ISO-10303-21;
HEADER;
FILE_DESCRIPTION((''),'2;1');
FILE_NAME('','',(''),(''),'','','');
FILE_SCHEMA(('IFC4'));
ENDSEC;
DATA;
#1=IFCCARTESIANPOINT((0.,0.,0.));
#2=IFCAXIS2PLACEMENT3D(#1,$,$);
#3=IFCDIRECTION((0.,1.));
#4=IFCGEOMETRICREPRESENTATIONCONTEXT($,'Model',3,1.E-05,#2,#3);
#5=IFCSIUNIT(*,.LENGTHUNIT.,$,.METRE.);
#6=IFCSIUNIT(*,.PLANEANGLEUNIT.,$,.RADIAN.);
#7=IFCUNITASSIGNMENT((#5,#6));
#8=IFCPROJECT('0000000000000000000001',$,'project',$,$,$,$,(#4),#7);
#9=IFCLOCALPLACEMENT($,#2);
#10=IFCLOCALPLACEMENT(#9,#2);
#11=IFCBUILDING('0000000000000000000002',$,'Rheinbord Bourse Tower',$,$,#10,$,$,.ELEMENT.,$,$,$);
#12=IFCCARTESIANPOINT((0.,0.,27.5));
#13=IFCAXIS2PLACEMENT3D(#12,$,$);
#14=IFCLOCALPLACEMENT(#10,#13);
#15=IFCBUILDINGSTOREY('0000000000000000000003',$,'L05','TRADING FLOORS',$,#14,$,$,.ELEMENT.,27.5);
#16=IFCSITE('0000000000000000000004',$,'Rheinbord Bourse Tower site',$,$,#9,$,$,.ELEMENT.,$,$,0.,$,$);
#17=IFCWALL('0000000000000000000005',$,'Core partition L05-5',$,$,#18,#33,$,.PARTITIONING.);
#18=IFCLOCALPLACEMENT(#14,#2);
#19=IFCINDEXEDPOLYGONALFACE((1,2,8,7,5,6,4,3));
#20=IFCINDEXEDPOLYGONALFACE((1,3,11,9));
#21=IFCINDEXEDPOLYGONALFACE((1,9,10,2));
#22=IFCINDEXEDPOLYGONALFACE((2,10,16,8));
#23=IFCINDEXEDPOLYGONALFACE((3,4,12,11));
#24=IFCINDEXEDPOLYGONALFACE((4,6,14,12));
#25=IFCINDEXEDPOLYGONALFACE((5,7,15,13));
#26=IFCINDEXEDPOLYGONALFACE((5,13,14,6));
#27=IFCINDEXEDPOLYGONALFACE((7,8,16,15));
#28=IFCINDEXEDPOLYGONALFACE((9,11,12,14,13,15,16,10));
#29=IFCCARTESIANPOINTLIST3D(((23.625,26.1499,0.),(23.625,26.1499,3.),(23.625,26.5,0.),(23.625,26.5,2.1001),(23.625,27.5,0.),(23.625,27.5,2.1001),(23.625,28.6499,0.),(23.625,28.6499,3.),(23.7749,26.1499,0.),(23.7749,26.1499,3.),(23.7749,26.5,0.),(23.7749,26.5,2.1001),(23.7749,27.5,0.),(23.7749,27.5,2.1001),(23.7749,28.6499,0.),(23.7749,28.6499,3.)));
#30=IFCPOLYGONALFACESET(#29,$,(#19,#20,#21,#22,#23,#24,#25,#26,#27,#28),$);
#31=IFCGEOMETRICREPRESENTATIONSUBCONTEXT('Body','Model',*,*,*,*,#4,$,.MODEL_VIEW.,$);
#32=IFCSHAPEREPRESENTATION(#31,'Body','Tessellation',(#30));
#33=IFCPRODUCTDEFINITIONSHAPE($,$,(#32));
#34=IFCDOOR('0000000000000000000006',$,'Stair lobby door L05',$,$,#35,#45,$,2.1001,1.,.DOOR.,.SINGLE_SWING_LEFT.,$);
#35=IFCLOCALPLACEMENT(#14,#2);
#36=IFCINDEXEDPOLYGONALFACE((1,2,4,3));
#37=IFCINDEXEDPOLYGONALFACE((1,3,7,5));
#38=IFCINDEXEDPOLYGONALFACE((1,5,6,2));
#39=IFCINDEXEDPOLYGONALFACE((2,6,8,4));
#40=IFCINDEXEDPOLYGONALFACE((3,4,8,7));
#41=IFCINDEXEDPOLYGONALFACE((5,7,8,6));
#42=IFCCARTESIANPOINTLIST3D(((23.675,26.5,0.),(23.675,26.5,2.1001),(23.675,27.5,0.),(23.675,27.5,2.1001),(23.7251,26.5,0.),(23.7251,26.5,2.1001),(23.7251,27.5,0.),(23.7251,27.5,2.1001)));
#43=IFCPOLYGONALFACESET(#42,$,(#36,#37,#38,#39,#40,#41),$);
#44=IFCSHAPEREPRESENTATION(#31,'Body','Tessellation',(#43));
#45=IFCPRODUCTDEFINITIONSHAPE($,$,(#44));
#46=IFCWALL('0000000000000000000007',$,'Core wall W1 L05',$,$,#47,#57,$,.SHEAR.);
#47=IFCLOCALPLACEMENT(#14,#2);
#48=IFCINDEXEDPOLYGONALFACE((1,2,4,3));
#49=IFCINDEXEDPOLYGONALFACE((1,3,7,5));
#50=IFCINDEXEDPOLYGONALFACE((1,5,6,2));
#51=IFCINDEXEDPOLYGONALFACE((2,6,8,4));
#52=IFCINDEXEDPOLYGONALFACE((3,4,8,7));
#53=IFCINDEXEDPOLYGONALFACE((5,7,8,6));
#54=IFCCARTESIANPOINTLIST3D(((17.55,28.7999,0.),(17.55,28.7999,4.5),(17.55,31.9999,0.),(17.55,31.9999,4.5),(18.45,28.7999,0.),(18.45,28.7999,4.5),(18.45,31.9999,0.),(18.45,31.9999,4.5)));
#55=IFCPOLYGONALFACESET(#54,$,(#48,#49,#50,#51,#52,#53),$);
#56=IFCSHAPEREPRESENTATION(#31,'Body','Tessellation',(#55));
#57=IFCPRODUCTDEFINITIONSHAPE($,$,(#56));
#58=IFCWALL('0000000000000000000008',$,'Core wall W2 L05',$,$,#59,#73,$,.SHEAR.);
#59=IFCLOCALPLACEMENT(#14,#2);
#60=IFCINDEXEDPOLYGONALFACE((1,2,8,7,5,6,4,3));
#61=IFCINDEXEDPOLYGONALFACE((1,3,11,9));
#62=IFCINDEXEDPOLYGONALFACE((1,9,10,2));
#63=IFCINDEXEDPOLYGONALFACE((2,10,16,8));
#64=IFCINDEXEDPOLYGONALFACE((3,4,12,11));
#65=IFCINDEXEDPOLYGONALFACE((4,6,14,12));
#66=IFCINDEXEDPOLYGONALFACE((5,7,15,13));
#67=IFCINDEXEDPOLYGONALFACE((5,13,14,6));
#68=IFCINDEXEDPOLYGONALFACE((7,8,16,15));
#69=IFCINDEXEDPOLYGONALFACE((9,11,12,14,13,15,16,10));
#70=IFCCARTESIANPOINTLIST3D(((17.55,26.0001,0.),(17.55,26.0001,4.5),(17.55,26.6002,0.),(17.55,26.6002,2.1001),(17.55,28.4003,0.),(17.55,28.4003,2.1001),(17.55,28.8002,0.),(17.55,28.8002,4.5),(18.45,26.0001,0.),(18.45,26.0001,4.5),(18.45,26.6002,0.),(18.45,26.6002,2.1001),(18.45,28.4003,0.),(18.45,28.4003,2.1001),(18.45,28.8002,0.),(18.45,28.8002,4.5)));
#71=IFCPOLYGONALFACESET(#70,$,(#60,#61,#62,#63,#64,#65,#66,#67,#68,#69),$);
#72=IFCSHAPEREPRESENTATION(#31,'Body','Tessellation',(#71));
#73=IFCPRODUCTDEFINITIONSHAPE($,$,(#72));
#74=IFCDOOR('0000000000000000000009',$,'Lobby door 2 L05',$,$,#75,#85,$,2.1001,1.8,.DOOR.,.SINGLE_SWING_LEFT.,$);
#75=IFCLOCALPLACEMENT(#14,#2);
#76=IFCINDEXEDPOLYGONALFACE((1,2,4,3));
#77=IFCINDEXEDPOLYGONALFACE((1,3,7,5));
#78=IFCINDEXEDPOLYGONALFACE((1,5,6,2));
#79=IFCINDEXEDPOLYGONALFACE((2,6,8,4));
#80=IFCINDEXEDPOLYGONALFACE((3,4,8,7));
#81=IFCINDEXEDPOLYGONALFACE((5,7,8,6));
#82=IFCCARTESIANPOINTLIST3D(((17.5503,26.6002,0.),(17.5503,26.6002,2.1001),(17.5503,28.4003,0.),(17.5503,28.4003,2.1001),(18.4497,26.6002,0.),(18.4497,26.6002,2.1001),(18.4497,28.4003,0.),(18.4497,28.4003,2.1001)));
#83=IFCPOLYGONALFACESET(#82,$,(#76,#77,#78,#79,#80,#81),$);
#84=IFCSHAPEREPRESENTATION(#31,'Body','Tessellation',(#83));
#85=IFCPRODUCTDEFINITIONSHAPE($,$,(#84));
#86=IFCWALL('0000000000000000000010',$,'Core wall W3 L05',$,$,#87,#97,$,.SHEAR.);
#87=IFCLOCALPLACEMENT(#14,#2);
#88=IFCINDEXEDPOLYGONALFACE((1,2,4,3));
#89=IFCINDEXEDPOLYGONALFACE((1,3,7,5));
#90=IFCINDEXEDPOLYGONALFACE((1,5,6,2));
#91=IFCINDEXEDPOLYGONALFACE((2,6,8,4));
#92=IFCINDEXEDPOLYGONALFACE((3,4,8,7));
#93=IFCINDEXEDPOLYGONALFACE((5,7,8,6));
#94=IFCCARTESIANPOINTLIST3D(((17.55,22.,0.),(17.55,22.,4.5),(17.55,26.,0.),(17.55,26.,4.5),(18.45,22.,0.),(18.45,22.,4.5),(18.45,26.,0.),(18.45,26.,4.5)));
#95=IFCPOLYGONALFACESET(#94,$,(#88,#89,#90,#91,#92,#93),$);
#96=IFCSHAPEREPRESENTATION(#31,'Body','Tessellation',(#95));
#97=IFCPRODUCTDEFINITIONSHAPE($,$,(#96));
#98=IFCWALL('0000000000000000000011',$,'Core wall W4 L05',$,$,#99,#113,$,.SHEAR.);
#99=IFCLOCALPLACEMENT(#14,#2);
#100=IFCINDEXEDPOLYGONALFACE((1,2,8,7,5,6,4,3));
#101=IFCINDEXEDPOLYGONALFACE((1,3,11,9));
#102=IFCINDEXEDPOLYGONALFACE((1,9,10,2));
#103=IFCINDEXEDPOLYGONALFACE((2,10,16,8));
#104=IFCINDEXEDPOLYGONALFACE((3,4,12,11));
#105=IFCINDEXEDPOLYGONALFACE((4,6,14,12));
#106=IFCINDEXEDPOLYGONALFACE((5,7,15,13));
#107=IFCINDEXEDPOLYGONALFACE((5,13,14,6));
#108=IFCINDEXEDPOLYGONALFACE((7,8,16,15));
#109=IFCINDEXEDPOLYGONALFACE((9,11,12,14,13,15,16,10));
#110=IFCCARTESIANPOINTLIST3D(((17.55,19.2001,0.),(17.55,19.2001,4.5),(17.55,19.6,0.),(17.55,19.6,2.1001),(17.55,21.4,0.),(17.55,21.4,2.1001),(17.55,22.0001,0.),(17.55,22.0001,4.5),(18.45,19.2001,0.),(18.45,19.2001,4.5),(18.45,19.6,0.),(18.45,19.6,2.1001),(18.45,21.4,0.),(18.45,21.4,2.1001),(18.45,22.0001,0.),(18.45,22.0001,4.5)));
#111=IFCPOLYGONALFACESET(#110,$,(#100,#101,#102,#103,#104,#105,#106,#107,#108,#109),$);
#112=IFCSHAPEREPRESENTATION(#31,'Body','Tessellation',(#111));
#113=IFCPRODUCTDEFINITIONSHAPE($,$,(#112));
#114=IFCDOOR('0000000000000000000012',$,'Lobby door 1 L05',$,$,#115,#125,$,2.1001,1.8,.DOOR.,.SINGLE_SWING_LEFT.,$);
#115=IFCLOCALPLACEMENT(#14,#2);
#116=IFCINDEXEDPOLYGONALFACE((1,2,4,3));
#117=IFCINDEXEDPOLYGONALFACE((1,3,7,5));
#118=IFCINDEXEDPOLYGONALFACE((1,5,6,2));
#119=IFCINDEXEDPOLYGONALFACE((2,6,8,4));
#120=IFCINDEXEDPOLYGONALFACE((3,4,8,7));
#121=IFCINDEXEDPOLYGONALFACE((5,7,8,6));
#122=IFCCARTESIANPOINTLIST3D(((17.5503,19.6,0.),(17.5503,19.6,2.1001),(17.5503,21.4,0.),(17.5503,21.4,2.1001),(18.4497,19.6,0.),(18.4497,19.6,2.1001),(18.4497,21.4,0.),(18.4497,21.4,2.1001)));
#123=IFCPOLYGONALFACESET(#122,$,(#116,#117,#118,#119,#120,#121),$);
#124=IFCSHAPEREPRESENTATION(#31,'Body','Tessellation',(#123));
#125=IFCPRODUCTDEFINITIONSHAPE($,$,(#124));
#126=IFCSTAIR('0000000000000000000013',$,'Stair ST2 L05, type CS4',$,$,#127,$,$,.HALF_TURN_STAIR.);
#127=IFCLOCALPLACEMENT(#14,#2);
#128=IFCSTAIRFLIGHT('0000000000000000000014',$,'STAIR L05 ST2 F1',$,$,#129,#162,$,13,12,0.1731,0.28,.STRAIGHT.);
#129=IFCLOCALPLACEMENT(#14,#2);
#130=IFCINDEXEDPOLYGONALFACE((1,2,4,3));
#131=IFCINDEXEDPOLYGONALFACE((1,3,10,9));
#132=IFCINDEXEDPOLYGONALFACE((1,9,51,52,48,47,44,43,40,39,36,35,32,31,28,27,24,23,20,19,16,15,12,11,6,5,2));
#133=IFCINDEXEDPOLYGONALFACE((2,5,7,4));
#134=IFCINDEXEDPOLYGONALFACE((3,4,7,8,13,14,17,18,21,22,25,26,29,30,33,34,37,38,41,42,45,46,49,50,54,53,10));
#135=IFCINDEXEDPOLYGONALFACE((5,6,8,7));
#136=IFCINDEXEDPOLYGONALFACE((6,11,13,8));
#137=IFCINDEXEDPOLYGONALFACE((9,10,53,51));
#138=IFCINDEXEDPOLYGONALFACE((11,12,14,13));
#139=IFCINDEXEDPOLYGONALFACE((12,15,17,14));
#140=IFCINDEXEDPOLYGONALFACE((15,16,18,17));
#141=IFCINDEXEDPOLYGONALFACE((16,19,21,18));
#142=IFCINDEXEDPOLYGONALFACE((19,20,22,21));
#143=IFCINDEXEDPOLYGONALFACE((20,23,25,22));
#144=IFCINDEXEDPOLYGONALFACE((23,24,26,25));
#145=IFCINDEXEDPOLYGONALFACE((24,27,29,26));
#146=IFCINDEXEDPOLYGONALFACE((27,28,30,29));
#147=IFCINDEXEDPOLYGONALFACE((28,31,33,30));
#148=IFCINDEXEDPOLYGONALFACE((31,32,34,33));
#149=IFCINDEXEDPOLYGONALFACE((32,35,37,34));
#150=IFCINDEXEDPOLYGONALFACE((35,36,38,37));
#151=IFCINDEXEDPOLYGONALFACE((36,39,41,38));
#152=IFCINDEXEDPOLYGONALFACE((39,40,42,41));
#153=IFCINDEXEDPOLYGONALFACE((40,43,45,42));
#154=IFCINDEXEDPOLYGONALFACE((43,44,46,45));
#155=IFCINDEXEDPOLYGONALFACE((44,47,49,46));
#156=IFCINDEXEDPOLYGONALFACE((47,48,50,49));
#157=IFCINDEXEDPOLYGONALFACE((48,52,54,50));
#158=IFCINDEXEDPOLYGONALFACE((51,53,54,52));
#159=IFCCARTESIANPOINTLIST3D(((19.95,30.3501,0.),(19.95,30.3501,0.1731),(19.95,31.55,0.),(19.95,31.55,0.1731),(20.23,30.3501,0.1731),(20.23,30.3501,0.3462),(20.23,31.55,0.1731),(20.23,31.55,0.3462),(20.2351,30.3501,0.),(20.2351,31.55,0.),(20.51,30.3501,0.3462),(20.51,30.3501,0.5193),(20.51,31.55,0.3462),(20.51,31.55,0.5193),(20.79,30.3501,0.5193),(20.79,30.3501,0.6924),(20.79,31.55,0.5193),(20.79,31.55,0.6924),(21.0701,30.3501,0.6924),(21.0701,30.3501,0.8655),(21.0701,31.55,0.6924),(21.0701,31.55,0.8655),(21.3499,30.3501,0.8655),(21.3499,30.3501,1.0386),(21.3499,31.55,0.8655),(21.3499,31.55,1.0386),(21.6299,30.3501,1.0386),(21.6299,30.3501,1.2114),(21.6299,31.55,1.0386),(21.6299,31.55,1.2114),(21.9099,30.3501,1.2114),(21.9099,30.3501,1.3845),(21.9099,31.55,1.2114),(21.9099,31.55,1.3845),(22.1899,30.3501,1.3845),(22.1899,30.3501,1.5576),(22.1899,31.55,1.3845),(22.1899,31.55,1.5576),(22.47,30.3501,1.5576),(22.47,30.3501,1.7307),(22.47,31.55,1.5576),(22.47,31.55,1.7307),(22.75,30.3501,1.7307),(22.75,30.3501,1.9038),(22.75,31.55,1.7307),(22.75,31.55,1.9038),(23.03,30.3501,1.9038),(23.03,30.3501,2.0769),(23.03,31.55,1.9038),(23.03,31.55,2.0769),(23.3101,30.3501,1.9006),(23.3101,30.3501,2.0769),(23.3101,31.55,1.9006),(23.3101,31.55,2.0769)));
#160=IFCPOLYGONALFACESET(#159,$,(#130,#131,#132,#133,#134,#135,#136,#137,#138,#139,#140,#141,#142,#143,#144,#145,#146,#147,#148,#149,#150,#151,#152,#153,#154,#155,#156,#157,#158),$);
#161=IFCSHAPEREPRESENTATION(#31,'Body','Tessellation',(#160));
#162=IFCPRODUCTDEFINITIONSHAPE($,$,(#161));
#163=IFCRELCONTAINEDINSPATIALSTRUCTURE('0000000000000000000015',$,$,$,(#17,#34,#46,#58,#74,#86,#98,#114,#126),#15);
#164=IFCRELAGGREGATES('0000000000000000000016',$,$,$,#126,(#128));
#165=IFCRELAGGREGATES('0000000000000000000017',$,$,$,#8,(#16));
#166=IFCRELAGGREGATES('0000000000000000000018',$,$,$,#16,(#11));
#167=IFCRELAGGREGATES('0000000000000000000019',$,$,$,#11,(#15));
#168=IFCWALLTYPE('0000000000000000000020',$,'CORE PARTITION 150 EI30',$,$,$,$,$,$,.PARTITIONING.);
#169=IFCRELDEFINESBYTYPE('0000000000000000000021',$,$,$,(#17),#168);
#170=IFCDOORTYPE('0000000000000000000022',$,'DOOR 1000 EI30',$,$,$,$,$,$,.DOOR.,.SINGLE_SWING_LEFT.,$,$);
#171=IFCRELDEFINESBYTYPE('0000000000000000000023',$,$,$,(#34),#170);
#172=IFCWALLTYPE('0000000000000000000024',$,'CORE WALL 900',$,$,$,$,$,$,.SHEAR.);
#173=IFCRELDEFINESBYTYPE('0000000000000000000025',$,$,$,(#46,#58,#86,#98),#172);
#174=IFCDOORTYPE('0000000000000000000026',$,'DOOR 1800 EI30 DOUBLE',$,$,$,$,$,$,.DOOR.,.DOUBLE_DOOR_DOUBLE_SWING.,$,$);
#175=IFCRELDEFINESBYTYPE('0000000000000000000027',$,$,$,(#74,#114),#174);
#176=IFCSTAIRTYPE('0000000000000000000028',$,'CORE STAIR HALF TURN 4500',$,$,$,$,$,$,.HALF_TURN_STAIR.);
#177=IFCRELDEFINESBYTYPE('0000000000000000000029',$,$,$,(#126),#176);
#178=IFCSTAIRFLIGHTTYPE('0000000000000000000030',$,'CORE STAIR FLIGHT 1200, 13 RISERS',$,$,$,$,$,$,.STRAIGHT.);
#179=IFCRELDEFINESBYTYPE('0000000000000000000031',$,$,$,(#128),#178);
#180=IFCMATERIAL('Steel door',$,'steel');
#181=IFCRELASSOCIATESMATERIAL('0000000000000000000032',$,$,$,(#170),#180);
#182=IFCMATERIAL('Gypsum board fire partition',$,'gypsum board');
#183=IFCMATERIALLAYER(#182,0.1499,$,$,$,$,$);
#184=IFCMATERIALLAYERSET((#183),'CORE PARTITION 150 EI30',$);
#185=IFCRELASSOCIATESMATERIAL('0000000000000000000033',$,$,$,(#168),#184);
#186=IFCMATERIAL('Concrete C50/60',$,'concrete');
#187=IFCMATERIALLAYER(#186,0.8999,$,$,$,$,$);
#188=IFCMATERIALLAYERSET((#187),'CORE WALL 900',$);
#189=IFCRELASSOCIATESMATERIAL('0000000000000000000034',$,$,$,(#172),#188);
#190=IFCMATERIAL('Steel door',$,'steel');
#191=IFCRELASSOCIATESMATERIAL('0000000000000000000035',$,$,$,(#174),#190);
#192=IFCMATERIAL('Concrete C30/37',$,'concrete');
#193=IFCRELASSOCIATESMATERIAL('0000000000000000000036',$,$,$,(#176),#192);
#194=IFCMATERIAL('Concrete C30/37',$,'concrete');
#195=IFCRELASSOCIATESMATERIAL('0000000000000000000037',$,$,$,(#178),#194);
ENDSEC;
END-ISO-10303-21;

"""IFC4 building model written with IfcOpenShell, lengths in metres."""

from ifc_helpers import new_model, si_unit, direction, frame, frame_2d, origin, place, context, subcontext, project, spatial, polyline, rectangle, outline, extrude, material, layer, layer_set, type_object, element, fill, aggregate, save


model = new_model("IFC4")

# Units and contexts
model_context = context("Model", 3, precision=1e-05, world=origin(), true_north=direction((0.0, 1.0)))
body_context = subcontext(model_context, "Body", "Model", "MODEL_VIEW")
ifc_project = project(units=[si_unit("LENGTHUNIT", "METRE"), si_unit("PLANEANGLEUNIT", "RADIAN")], contexts=[model_context])

# Site, building, storey
site_placement = place(None, origin())
site = spatial("IfcSite", under=ifc_project, at=site_placement, Name="Rheinbord Bourse Tower site", CompositionType="ELEMENT", RefElevation=0.0)
building_placement = place(site_placement, origin())
building = spatial("IfcBuilding", under=site, at=building_placement, Name="Rheinbord Bourse Tower", CompositionType="ELEMENT")
storey_placement = place(building_placement, frame((0.0, 0.0, 27.5)))
storey = spatial("IfcBuildingStorey", under=building, at=storey_placement, Name="L05", Description="TRADING FLOORS", CompositionType="ELEMENT", Elevation=27.5)

# Shared definitions
ifc_material_1 = material(Name="Steel door", Category="steel")
door_type_1 = type_object("IfcDoorType", Name="DOOR 1000 EI30", OperationType="SINGLE_SWING_LEFT", PredefinedType="DOOR", material=ifc_material_1)

# Shared definitions
ifc_material_2 = material(Name="Gypsum board fire partition", Category="gypsum board")
ifc_layer_1 = layer(ifc_material_2, 0.1499)
ifc_layer_set_1 = layer_set([ifc_layer_1], Name="CORE PARTITION 150 EI30")
wall_type_1 = type_object("IfcWallType", Name="CORE PARTITION 150 EI30", PredefinedType="PARTITIONING", material=ifc_layer_set_1)

# Wall, opening, door
wall_1_placement = place(storey_placement, frame((23.7, 26.1499, 0.0), z_axis=(0.0, 0.0, 1.0), x_axis=(0.0, 1.0, 0.0)))
wall_1 = element("IfcWall", 1, at=wall_1_placement, inside=storey, type_object=wall_type_1, Name="Core partition L05-5", PredefinedType="PARTITIONING", context=body_context, shape_type="SweptSolid", body=[
    extrude(rectangle(XDim=2.5, YDim=0.1499, at=frame_2d((1.25, 0.0))), origin(), (0.0, 0.0, 1.0), 3.0),
])
opening_1_placement = place(wall_1_placement, frame((0.3501, 0.0, 0.0)))
opening_1 = element("IfcOpeningElement", 2, at=opening_1_placement, cuts=wall_1, PredefinedType="OPENING", context=body_context, shape_type="SweptSolid", body=[
    extrude(rectangle(XDim=1.0, YDim=2.1001, at=frame_2d((0.5, 1.05))), frame((0.0, 0.085, 0.0), z_axis=(0.0, -1.0, 0.0), x_axis=(1.0, 0.0, 0.0)), (0.0, 0.0, 1.0), 0.1699),
])
door_1_placement = place(opening_1_placement, origin())
door_1 = element("IfcDoor", 3, at=door_1_placement, inside=storey, type_object=door_type_1, Name="Stair lobby door L05", OperationType="SINGLE_SWING_LEFT", OverallHeight=2.1001, OverallWidth=1.0, PredefinedType="DOOR", context=body_context, shape_type="SweptSolid", body=[
    extrude(rectangle(XDim=1.0, YDim=2.1001, at=frame_2d((0.5, 1.05))), frame((0.0, 0.0249, 0.0), z_axis=(0.0, -1.0, 0.0), x_axis=(1.0, 0.0, 0.0)), (0.0, 0.0, 1.0), 0.05),
])
fill(opening_1, door_1)

# Wall
ifc_material_3 = material(Name="Concrete C50/60", Category="concrete")
ifc_layer_2 = layer(ifc_material_3, 0.8999)
ifc_layer_set_2 = layer_set([ifc_layer_2], Name="CORE WALL 900")
wall_type_2 = type_object("IfcWallType", Name="CORE WALL 900", PredefinedType="SHEAR", material=ifc_layer_set_2)
wall_2_placement = place(storey_placement, frame((18.0, 32.0, 0.0), z_axis=(0.0, 0.0, 1.0), x_axis=(0.0, -1.0, 0.0)))
element("IfcWall", 4, at=wall_2_placement, inside=storey, type_object=wall_type_2, Name="Core wall W1 L05", PredefinedType="SHEAR", context=body_context, shape_type="SweptSolid", body=[
    extrude(rectangle(XDim=3.2, YDim=0.8999, at=frame_2d((1.6001, 0.0))), origin(), (0.0, 0.0, 1.0), 4.5),
])

# Wall, opening, door
wall_3_placement = place(storey_placement, frame((18.0, 28.8, 0.0), z_axis=(0.0, 0.0, 1.0), x_axis=(0.0, -1.0, 0.0)))
wall_3 = element("IfcWall", 5, at=wall_3_placement, inside=storey, type_object=wall_type_2, Name="Core wall W2 L05", PredefinedType="SHEAR", context=body_context, shape_type="SweptSolid", body=[
    extrude(rectangle(XDim=2.8, YDim=0.8999, at=frame_2d((1.3999, 0.0))), origin(), (0.0, 0.0, 1.0), 4.5),
])
opening_2_placement = place(wall_3_placement, frame((0.3999, 0.0, 0.0)))
opening_2 = element("IfcOpeningElement", 6, at=opening_2_placement, cuts=wall_3, PredefinedType="OPENING", context=body_context, shape_type="SweptSolid", body=[
    extrude(rectangle(XDim=1.8, YDim=2.1001, at=frame_2d((0.8999, 1.05))), frame((0.0, 0.46, 0.0), z_axis=(0.0, -1.0, 0.0), x_axis=(1.0, 0.0, 0.0)), (0.0, 0.0, 1.0), 0.9199),
])
ifc_material_4 = material(Name="Steel door", Category="steel")
door_type_2 = type_object("IfcDoorType", Name="DOOR 1800 EI30 DOUBLE", OperationType="DOUBLE_DOOR_DOUBLE_SWING", PredefinedType="DOOR", material=ifc_material_4)
door_2_placement = place(opening_2_placement, origin())
door_2 = element("IfcDoor", 7, at=door_2_placement, inside=storey, type_object=door_type_2, Name="Lobby door 2 L05", OperationType="SINGLE_SWING_LEFT", OverallHeight=2.1001, OverallWidth=1.8, PredefinedType="DOOR", context=body_context, shape_type="SweptSolid", body=[
    extrude(rectangle(XDim=1.8, YDim=2.1001, at=frame_2d((0.8999, 1.05))), frame((0.0, 0.4497, 0.0), z_axis=(0.0, -1.0, 0.0), x_axis=(1.0, 0.0, 0.0)), (0.0, 0.0, 1.0), 0.8994),
])
fill(opening_2, door_2)

# Wall
wall_4_placement = place(storey_placement, frame((18.0, 26.0, 0.0), z_axis=(0.0, 0.0, 1.0), x_axis=(0.0, -1.0, 0.0)))
element("IfcWall", 8, at=wall_4_placement, inside=storey, type_object=wall_type_2, Name="Core wall W3 L05", PredefinedType="SHEAR", context=body_context, shape_type="SweptSolid", body=[
    extrude(rectangle(XDim=4.0, YDim=0.8999, at=frame_2d((2.0, 0.0))), origin(), (0.0, 0.0, 1.0), 4.5),
])

# Wall, opening, door
wall_5_placement = place(storey_placement, frame((18.0, 22.0, 0.0), z_axis=(0.0, 0.0, 1.0), x_axis=(0.0, -1.0, 0.0)))
wall_5 = element("IfcWall", 9, at=wall_5_placement, inside=storey, type_object=wall_type_2, Name="Core wall W4 L05", PredefinedType="SHEAR", context=body_context, shape_type="SweptSolid", body=[
    extrude(rectangle(XDim=2.8, YDim=0.8999, at=frame_2d((1.3999, 0.0))), origin(), (0.0, 0.0, 1.0), 4.5),
])
opening_3_placement = place(wall_5_placement, frame((0.6001, 0.0, 0.0)))
opening_3 = element("IfcOpeningElement", 10, at=opening_3_placement, cuts=wall_5, PredefinedType="OPENING", context=body_context, shape_type="SweptSolid", body=[
    extrude(rectangle(XDim=1.8, YDim=2.1001, at=frame_2d((0.8999, 1.05))), frame((0.0, 0.46, 0.0), z_axis=(0.0, -1.0, 0.0), x_axis=(1.0, 0.0, 0.0)), (0.0, 0.0, 1.0), 0.9199),
])
door_3_placement = place(opening_3_placement, origin())
door_3 = element("IfcDoor", 11, at=door_3_placement, inside=storey, type_object=door_type_2, Name="Lobby door 1 L05", OperationType="SINGLE_SWING_LEFT", OverallHeight=2.1001, OverallWidth=1.8, PredefinedType="DOOR", context=body_context, shape_type="SweptSolid", body=[
    extrude(rectangle(XDim=1.8, YDim=2.1001, at=frame_2d((0.8999, 1.05))), frame((0.0, 0.4497, 0.0), z_axis=(0.0, -1.0, 0.0), x_axis=(1.0, 0.0, 0.0)), (0.0, 0.0, 1.0), 0.8994),
])
fill(opening_3, door_3)

# Stair, stair flight
ifc_material_5 = material(Name="Concrete C30/37", Category="concrete")
stair_type = type_object("IfcStairType", Name="CORE STAIR HALF TURN 4500", PredefinedType="HALF_TURN_STAIR", material=ifc_material_5)
stair_placement = place(storey_placement, origin())
stair = element("IfcStair", 12, at=stair_placement, inside=storey, type_object=stair_type, Name="Stair ST2 L05, type CS4", PredefinedType="HALF_TURN_STAIR")
ifc_material_6 = material(Name="Concrete C30/37", Category="concrete")
stair_flight_type = type_object("IfcStairFlightType", Name="CORE STAIR FLIGHT 1200, 13 RISERS", PredefinedType="STRAIGHT", material=ifc_material_6)
stair_flight_1_placement = place(storey_placement, frame((19.95, 30.95, 0.0), z_axis=(0.0, 0.0, 1.0), x_axis=(1.0, 0.0, 0.0)))
stair_flight_1 = element("IfcStairFlight", 13, at=stair_flight_1_placement, type_object=stair_flight_type, Name="STAIR L05 ST2 F1", NumberOfRisers=13, NumberOfTreads=12, PredefinedType="STRAIGHT", RiserHeight=0.1731, TreadLength=0.28, context=body_context, shape_type="SweptSolid", body=[
    extrude(outline(polyline([(0.0, 0.0), (0.0, 0.1731), (0.28, 0.1731), (0.28, 0.3462), (0.5601, 0.3462), (0.5601, 0.5193), (0.8401, 0.5193), (0.8401, 0.6924), (1.1201, 0.6924), (1.1201, 0.8655), (1.3999, 0.8655), (1.3999, 1.0386), (1.6799, 1.0386), (1.6799, 1.2114), (1.96, 1.2114), (1.96, 1.3845), (2.24, 1.3845), (2.24, 1.5576), (2.52, 1.5576), (2.52, 1.7307), (2.8, 1.7307), (2.8, 1.9038), (3.0801, 1.9038), (3.0801, 2.0769), (3.3601, 2.0769), (3.3601, 2.25), (3.3601, 1.9006), (0.2852, 0.0), (0.0, 0.0)])), frame((0.0, 0.6001, 0.0), z_axis=(0.0, -1.0, 0.0), x_axis=(1.0, 0.0, 0.0)), (0.0, 0.0, 1.0), 1.2),
])
aggregate(stair, [stair_flight_1])

save(model, "model.ifc")
